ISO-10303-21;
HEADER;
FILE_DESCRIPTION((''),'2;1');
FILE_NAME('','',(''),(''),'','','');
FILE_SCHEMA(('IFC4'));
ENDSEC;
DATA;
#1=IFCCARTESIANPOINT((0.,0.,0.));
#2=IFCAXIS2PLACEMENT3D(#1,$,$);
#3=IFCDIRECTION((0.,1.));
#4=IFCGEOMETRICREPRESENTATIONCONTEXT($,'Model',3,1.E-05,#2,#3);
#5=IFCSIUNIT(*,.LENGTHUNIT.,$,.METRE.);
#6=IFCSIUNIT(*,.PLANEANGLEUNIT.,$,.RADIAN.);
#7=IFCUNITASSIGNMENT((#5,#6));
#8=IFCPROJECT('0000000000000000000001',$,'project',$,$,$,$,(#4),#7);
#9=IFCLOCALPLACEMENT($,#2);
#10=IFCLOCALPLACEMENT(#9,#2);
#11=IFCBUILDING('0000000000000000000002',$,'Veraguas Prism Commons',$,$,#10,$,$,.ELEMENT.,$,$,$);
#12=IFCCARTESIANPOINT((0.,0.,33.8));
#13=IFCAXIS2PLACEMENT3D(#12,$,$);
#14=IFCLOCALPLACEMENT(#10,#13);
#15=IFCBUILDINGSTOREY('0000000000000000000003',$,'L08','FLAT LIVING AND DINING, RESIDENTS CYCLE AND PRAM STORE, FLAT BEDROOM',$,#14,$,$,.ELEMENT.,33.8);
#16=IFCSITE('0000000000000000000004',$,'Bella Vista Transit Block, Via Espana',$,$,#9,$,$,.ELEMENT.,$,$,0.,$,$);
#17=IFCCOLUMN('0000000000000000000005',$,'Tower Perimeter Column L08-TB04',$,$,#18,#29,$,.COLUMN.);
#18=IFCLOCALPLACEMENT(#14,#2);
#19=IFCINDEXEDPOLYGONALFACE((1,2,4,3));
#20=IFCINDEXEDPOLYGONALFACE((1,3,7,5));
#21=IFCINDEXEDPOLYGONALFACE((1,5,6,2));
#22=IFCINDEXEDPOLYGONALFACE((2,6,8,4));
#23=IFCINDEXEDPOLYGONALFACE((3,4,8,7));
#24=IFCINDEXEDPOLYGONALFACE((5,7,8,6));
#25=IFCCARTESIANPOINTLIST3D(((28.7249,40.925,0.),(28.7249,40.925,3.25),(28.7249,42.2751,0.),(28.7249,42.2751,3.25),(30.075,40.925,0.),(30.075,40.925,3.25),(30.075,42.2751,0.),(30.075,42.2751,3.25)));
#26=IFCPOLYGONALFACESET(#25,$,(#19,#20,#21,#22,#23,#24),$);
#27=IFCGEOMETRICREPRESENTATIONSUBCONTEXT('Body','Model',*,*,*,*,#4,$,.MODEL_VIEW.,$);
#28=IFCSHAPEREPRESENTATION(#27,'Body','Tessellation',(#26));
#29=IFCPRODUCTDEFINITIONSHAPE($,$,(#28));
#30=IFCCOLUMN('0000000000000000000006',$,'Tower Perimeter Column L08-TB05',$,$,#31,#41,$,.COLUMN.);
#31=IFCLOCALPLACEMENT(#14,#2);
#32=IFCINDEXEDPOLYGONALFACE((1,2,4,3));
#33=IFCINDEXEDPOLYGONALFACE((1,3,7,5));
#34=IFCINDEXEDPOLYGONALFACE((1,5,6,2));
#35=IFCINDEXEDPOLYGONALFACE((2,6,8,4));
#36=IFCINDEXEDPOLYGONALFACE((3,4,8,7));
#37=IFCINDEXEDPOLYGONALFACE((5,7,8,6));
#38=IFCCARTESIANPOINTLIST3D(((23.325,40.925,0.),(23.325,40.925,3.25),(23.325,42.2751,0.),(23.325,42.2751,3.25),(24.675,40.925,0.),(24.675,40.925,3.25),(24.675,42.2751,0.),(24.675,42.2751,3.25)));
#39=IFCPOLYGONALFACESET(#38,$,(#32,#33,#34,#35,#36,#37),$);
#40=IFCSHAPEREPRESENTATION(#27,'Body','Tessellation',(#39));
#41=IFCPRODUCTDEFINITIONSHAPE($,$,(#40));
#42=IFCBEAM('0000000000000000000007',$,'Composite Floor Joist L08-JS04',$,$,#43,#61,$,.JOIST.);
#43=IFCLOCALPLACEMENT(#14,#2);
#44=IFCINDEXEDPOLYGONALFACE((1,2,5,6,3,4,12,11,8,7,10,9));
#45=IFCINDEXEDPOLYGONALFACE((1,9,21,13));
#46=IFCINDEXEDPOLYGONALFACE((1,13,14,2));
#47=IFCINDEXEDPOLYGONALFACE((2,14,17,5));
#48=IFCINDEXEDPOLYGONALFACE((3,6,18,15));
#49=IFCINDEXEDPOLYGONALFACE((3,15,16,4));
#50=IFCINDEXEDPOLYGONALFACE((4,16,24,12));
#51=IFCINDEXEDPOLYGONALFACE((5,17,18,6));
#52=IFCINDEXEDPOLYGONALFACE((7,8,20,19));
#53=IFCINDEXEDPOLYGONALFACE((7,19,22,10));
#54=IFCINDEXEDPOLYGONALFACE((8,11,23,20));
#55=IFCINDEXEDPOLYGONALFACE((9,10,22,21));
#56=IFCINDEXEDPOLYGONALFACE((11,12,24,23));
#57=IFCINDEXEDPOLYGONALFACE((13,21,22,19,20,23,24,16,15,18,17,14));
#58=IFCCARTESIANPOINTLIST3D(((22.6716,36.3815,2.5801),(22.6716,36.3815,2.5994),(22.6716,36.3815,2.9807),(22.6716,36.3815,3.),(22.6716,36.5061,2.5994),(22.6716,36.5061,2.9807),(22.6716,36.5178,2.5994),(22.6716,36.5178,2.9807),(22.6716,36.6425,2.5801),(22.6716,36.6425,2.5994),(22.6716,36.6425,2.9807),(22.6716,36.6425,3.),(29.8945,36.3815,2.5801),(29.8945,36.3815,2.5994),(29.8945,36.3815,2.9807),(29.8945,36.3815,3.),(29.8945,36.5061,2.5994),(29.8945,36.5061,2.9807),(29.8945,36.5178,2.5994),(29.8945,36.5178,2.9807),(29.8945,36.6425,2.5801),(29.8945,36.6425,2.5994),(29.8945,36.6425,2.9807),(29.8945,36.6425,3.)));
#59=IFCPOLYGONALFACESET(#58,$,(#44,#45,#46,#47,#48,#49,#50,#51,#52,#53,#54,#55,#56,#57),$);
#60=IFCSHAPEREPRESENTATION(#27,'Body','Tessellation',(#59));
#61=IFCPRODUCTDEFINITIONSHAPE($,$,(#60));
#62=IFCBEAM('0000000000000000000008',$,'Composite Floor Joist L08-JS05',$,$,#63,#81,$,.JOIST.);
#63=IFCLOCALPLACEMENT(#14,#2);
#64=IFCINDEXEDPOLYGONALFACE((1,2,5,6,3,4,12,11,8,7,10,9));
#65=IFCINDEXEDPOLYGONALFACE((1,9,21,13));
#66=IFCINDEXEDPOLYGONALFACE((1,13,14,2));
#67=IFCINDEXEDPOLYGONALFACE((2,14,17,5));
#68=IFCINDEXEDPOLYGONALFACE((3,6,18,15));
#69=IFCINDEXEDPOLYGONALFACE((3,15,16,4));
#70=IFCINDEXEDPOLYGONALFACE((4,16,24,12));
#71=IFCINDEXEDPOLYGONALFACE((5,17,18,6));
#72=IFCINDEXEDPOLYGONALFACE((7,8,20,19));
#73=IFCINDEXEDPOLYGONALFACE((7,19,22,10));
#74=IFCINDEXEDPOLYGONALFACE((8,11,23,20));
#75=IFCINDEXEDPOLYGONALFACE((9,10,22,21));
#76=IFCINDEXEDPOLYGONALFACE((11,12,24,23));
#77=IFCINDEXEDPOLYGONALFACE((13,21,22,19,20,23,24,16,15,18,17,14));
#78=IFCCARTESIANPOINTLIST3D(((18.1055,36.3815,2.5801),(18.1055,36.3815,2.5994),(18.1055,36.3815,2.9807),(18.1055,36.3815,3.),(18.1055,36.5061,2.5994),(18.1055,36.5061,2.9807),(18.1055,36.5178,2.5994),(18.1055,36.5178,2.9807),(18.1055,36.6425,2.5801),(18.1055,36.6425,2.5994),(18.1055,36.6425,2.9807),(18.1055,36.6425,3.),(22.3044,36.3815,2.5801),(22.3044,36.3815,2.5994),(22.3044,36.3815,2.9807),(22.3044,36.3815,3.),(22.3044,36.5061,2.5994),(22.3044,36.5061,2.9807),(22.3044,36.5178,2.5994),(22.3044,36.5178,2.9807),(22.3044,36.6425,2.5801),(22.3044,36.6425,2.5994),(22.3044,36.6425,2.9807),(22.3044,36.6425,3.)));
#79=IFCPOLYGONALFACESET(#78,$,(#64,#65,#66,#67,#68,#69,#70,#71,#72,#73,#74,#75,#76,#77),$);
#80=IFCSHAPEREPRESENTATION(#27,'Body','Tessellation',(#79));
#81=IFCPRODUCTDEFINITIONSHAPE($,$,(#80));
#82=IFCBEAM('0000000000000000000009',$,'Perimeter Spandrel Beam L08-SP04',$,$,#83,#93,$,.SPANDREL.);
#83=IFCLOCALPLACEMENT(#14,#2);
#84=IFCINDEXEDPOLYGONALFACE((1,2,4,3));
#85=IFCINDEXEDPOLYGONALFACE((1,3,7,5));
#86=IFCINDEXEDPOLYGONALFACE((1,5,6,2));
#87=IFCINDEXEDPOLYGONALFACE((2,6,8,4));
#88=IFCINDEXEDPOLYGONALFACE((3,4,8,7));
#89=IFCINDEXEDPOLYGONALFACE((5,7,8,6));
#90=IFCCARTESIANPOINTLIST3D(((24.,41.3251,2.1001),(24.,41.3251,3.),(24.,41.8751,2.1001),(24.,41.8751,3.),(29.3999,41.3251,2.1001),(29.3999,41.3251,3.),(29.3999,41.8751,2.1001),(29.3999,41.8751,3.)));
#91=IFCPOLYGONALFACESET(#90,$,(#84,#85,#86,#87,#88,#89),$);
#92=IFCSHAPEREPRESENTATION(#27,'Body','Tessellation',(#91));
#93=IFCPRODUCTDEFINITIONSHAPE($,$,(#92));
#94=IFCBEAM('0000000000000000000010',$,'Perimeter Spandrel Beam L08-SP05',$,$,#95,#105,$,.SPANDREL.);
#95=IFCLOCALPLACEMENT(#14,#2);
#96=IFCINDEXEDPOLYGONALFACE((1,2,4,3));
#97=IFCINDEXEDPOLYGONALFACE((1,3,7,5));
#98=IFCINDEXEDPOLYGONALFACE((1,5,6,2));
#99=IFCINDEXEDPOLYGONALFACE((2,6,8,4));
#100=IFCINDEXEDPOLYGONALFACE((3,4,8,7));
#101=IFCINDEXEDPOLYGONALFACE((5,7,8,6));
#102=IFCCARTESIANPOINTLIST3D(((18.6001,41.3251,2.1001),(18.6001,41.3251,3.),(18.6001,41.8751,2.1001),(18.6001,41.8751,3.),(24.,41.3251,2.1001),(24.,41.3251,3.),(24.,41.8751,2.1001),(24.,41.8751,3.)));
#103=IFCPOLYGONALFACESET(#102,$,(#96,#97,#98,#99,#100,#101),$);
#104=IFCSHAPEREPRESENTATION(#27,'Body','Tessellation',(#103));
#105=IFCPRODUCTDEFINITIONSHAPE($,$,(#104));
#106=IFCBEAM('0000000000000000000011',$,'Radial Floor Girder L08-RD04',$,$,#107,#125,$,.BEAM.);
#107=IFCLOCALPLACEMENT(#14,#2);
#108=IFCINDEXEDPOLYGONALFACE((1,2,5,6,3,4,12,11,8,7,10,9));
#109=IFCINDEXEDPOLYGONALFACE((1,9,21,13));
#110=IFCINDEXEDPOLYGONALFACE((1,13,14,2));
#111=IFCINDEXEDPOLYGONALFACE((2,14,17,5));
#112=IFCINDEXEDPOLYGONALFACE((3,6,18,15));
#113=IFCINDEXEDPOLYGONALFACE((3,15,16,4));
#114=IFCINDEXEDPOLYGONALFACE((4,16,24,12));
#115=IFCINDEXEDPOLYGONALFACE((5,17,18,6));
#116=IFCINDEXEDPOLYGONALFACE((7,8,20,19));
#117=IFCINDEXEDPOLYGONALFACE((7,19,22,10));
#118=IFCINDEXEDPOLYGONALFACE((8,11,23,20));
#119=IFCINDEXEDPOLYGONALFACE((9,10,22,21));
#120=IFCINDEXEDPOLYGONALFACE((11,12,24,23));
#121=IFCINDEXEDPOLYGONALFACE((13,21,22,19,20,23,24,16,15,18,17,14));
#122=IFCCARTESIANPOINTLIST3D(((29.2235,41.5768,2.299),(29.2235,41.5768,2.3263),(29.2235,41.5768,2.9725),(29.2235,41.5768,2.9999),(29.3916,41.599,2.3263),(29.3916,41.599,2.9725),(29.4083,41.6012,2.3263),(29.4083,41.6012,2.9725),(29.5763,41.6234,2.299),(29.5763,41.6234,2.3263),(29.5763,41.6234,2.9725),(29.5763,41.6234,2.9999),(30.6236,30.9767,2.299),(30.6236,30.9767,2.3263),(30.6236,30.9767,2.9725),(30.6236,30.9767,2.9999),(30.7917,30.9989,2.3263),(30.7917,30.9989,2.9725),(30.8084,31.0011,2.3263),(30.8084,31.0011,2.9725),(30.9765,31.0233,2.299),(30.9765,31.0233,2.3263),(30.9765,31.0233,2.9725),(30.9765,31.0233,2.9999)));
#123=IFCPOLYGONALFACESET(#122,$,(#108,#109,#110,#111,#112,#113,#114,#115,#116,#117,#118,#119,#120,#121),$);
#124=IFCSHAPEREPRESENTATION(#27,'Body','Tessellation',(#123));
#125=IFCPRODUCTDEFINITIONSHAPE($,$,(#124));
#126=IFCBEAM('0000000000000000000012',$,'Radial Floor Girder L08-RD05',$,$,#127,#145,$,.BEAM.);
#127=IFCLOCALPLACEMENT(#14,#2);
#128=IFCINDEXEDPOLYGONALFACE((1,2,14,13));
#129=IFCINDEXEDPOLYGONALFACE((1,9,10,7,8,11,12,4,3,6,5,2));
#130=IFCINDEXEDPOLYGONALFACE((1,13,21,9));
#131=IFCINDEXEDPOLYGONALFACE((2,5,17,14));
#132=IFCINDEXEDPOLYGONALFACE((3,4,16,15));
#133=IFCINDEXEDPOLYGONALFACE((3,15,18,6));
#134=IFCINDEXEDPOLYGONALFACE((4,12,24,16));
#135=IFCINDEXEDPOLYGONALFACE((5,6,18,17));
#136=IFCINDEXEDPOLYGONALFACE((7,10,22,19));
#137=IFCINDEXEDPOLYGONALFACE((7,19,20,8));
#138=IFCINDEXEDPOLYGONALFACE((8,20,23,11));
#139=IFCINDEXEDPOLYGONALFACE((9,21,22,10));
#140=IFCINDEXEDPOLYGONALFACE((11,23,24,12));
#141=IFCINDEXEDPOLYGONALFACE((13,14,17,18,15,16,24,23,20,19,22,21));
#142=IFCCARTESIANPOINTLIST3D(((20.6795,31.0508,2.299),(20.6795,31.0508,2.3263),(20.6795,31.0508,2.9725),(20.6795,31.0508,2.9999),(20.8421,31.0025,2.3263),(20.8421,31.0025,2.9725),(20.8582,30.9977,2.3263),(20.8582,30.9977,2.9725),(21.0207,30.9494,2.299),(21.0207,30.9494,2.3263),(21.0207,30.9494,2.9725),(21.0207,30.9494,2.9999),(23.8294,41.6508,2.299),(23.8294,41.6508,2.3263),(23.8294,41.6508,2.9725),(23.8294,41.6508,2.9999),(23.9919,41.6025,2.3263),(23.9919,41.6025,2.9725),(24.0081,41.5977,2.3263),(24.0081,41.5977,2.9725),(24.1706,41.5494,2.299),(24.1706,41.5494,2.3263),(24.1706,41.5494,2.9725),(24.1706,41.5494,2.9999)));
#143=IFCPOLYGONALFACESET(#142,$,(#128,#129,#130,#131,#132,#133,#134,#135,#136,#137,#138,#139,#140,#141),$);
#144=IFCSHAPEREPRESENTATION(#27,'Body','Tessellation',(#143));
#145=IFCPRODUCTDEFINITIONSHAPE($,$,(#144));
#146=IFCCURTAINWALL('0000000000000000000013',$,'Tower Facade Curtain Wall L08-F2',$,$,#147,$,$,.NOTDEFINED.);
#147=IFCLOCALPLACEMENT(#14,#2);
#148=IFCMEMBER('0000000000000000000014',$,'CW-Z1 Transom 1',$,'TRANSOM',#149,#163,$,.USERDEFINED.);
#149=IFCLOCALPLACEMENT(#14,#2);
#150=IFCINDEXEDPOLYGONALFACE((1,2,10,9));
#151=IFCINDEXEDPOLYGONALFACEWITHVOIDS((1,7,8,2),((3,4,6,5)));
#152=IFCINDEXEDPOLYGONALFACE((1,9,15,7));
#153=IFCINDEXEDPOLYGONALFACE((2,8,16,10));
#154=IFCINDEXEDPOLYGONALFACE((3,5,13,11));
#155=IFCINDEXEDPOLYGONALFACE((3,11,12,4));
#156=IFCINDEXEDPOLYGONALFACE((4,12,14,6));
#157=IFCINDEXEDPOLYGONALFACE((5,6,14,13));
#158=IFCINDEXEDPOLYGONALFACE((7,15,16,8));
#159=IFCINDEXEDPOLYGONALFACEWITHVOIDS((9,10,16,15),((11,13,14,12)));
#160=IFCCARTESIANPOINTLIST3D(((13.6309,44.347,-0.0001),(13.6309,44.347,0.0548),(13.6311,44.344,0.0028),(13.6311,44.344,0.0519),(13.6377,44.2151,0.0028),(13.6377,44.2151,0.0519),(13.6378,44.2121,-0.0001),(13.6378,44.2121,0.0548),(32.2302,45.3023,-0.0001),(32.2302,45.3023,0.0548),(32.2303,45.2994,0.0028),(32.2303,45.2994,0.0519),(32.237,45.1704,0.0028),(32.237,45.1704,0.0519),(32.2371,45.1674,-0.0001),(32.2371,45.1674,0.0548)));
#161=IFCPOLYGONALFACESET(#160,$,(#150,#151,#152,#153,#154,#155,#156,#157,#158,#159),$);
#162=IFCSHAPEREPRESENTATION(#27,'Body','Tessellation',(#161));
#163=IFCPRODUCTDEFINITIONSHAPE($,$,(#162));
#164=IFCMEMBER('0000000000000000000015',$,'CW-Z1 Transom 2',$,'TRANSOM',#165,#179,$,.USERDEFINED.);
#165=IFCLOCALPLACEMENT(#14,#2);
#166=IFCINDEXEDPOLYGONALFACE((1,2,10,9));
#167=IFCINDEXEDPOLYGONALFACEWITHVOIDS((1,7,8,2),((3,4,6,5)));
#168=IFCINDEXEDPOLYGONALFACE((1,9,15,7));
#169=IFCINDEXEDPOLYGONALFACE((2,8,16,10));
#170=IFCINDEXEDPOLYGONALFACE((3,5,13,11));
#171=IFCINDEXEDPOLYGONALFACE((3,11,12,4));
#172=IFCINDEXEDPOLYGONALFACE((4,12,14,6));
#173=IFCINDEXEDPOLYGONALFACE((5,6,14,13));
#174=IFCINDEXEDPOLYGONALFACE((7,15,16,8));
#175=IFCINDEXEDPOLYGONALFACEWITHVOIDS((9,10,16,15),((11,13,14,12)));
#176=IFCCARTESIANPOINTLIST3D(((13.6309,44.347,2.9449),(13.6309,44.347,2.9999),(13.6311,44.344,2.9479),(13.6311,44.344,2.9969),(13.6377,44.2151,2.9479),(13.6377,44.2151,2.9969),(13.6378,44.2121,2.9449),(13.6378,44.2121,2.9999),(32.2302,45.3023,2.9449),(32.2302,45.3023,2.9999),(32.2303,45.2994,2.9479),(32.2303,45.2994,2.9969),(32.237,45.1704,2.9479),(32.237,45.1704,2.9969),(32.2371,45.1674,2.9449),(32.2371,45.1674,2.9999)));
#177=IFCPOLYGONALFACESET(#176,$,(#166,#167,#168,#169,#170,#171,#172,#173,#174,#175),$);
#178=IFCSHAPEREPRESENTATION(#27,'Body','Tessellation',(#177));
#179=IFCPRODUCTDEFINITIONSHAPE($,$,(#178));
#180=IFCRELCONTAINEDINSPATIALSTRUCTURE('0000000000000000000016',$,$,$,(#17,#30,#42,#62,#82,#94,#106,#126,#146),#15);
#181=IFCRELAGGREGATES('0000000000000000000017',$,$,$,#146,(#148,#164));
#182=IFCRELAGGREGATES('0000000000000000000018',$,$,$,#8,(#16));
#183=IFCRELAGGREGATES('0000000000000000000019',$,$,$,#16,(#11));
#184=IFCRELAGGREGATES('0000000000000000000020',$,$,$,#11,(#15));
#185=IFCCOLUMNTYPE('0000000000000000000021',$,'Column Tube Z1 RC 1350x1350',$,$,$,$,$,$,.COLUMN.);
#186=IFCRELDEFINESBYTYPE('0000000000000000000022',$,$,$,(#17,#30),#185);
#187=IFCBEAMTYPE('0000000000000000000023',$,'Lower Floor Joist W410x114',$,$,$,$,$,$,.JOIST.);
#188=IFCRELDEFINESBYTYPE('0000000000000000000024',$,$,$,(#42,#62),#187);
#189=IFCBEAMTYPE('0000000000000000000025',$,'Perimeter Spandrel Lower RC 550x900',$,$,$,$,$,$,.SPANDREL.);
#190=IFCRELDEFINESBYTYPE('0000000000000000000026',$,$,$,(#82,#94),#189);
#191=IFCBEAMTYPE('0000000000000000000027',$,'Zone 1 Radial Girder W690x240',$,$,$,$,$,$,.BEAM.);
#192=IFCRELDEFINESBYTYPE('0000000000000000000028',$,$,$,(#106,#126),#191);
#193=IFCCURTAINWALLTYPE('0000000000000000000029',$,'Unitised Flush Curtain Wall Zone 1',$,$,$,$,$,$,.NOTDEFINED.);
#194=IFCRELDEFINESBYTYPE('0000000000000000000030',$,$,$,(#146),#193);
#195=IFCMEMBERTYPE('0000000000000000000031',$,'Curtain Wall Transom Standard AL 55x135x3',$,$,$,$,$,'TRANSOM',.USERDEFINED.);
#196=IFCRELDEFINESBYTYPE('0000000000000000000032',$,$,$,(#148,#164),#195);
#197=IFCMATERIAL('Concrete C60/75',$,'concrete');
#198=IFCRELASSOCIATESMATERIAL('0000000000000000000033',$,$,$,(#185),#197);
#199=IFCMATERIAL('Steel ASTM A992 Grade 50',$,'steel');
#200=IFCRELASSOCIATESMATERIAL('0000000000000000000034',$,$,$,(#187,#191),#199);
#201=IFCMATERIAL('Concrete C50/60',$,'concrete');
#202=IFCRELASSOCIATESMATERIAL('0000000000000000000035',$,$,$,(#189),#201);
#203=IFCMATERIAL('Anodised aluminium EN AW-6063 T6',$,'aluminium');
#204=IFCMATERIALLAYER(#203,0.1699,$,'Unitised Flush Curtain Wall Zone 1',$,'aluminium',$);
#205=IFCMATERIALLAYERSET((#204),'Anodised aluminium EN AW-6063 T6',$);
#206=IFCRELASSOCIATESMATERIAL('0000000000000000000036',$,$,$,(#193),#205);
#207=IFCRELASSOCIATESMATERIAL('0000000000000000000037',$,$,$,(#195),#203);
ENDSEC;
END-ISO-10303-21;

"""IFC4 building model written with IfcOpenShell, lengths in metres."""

from ifc_helpers import new_model, si_unit, direction, frame, origin, origin_2d, place, context, subcontext, project, spatial, rectangle, hollow_rectangle, i_section, extrude, source, transform, mapped, material, layer, layer_set, material_profile, profile_set, type_object, element, aggregate, save


model = new_model("IFC4")

# Units and contexts
model_context = context("Model", 3, precision=1e-05, world=origin(), true_north=direction((0.0, 1.0)))
body_context = subcontext(model_context, "Body", "Model", "MODEL_VIEW")
ifc_project = project(units=[si_unit("LENGTHUNIT", "METRE"), si_unit("PLANEANGLEUNIT", "RADIAN")], contexts=[model_context])

# Site, building, storey
site_placement = place(None, origin())
site = spatial("IfcSite", under=ifc_project, at=site_placement, Name="Bella Vista Transit Block, Via Espana", CompositionType="ELEMENT", RefElevation=0.0)
building_placement = place(site_placement, origin())
building = spatial("IfcBuilding", under=site, at=building_placement, Name="Veraguas Prism Commons", CompositionType="ELEMENT")
storey_placement = place(building_placement, frame((0.0, 0.0, 33.8)))
storey = spatial("IfcBuildingStorey", under=building, at=storey_placement, Name="L08", Description="FLAT LIVING AND DINING, RESIDENTS CYCLE AND PRAM STORE, FLAT BEDROOM", CompositionType="ELEMENT", Elevation=33.8)

# Columns
ifc_material_1 = material(Name="Concrete C60/75", Category="concrete")
ifc_material_profile_1 = material_profile(ifc_material_1, rectangle(XDim=1.3501, YDim=1.3501, at=origin_2d()), Name="RC1350X1350")
ifc_profile_set_1 = profile_set([ifc_material_profile_1], Name="Concrete C60/75")
column_type = type_object("IfcColumnType", Name="Column Tube Z1 RC 1350x1350", PredefinedType="COLUMN", material=ifc_profile_set_1)
for number, where, z_axis, x_axis, name in (
    (1, (29.3999, 41.6001, 0.0), (0.0, 0.0, 1.0), (1.0, 0.0, 0.0), "Tower Perimeter Column L08-TB04"),
    (2, (24.0, 41.6001, 0.0), (0.0, 0.0, 1.0), (1.0, 0.0, 0.0), "Tower Perimeter Column L08-TB05"),
):
    element("IfcColumn", number, at=place(storey_placement, frame(where, z_axis=z_axis, x_axis=x_axis)), inside=storey, type_object=column_type, Name=name, PredefinedType="COLUMN", context=body_context, shape_type="SweptSolid", body=[
        extrude(rectangle(XDim=1.3501, YDim=1.3501, at=origin_2d()), origin(), (0.0, 0.0, 1.0), 3.25),
    ])

# Beams
ifc_material_2 = material(Name="Steel ASTM A992 Grade 50", Category="steel")
ifc_material_profile_2 = material_profile(ifc_material_2, i_section(OverallWidth=0.261, OverallDepth=0.4199, WebThickness=0.0117, FlangeThickness=0.0193, at=origin_2d()), Name="W410X114")
ifc_profile_set_2 = profile_set([ifc_material_profile_2], Name="Steel ASTM A992 Grade 50")
beam_type_1 = type_object("IfcBeamType", Name="Lower Floor Joist W410x114", PredefinedType="JOIST", material=ifc_profile_set_2)
beam_1_placement = place(storey_placement, frame((29.8945, 36.512, 2.79), z_axis=(-1.0, 0.0, 0.0), x_axis=(0.0, -1.0, 0.0)))
element("IfcBeam", 3, at=beam_1_placement, inside=storey, type_object=beam_type_1, Name="Composite Floor Joist L08-JS04", PredefinedType="JOIST", context=body_context, shape_type="SweptSolid", body=[
    extrude(i_section(OverallWidth=0.261, OverallDepth=0.4199, WebThickness=0.0117, FlangeThickness=0.0193, at=origin_2d()), origin(), (0.0, 0.0, 1.0), 7.2229),
])
beam_2_placement = place(storey_placement, frame((22.3044, 36.512, 2.79), z_axis=(-1.0, 0.0, 0.0), x_axis=(0.0, -1.0, 0.0)))
element("IfcBeam", 4, at=beam_2_placement, inside=storey, type_object=beam_type_1, Name="Composite Floor Joist L08-JS05", PredefinedType="JOIST", context=body_context, shape_type="SweptSolid", body=[
    extrude(i_section(OverallWidth=0.261, OverallDepth=0.4199, WebThickness=0.0117, FlangeThickness=0.0193, at=origin_2d()), origin(), (0.0, 0.0, 1.0), 4.199),
])
ifc_material_3 = material(Name="Concrete C50/60", Category="concrete")
ifc_material_profile_3 = material_profile(ifc_material_3, rectangle(XDim=0.55, YDim=0.8999, at=origin_2d()), Name="RC550X900")
ifc_profile_set_3 = profile_set([ifc_material_profile_3], Name="Concrete C50/60")
beam_type_2 = type_object("IfcBeamType", Name="Perimeter Spandrel Lower RC 550x900", PredefinedType="SPANDREL", material=ifc_profile_set_3)
for number, where, z_axis, x_axis, name in (
    (5, (29.3999, 41.6001, 2.55), (-1.0, 0.0, 0.0), (0.0, -1.0, 0.0), "Perimeter Spandrel Beam L08-SP04"),
    (6, (24.0, 41.6001, 2.55), (-1.0, 0.0, 0.0), (0.0, -1.0, 0.0), "Perimeter Spandrel Beam L08-SP05"),
):
    element("IfcBeam", number, at=place(storey_placement, frame(where, z_axis=z_axis, x_axis=x_axis)), inside=storey, type_object=beam_type_2, Name=name, PredefinedType="SPANDREL", context=body_context, shape_type="SweptSolid", body=[
        extrude(rectangle(XDim=0.55, YDim=0.8999, at=origin_2d()), origin(), (0.0, 0.0, 1.0), 5.3999),
    ])
ifc_material_profile_4 = material_profile(ifc_material_2, i_section(OverallWidth=0.356, OverallDepth=0.7009, WebThickness=0.0168, FlangeThickness=0.0273, at=origin_2d()), Name="W690X240")
ifc_profile_set_4 = profile_set([ifc_material_profile_4], Name="Steel ASTM A992 Grade 50")
beam_type_3 = type_object("IfcBeamType", Name="Zone 1 Radial Girder W690x240", PredefinedType="BEAM", material=ifc_profile_set_4)
beam_3_placement = place(storey_placement, frame((29.3999, 41.6001, 2.6494), z_axis=(0.130951, -0.991389, 0.0), x_axis=(0.991389, 0.130951, 0.0)))
element("IfcBeam", 7, at=beam_3_placement, inside=storey, type_object=beam_type_3, Name="Radial Floor Girder L08-RD04", PredefinedType="BEAM", context=body_context, shape_type="SweptSolid", body=[
    extrude(i_section(OverallWidth=0.356, OverallDepth=0.7009, WebThickness=0.0168, FlangeThickness=0.0273, at=origin_2d()), origin(), (0.0, 0.0, 1.0), 10.6921),
])
beam_4_placement = place(storey_placement, frame((24.0, 41.6001, 2.6494), z_axis=(-0.284847, -0.958573, 0.0), x_axis=(0.958573, -0.284847, 0.0)))
element("IfcBeam", 8, at=beam_4_placement, inside=storey, type_object=beam_type_3, Name="Radial Floor Girder L08-RD05", PredefinedType="BEAM", context=body_context, shape_type="SweptSolid", body=[
    extrude(i_section(OverallWidth=0.356, OverallDepth=0.7009, WebThickness=0.0168, FlangeThickness=0.0273, at=origin_2d()), origin(), (0.0, 0.0, 1.0), 11.0581),
])

# Curtain wall, members
ifc_material_4 = material(Name="Anodised aluminium EN AW-6063 T6", Category="aluminium")
ifc_layer_1 = layer(ifc_material_4, 0.1699, Name="Unitised Flush Curtain Wall Zone 1", Category="aluminium")
ifc_layer_set_1 = layer_set([ifc_layer_1], Name="Anodised aluminium EN AW-6063 T6")
curtain_wall_type = type_object("IfcCurtainWallType", Name="Unitised Flush Curtain Wall Zone 1", PredefinedType="NOTDEFINED", material=ifc_layer_set_1)
curtain_wall_1_placement = place(storey_placement, origin())
curtain_wall_1 = element("IfcCurtainWall", 9, at=curtain_wall_1_placement, inside=storey, type_object=curtain_wall_type, Name="Tower Facade Curtain Wall L08-F2", PredefinedType="NOTDEFINED")
ifc_material_profile_5 = material_profile(ifc_material_4, hollow_rectangle(XDim=0.0549, YDim=0.135, WallThickness=0.0029, at=origin_2d()), Name="AL55X135X3")
ifc_profile_set_5 = profile_set([ifc_material_profile_5], Name="Anodised aluminium EN AW-6063 T6")
member_type_1 = type_object("IfcMemberType", Name="Curtain Wall Transom Standard AL 55x135x3", ElementType="TRANSOM", PredefinedType="USERDEFINED", material=ifc_profile_set_5)
shared_shape_1 = source(origin(), body_context, "Body", "SweptSolid", [
    extrude(hollow_rectangle(XDim=0.0549, YDim=0.135, WallThickness=0.0029, at=origin_2d()), origin(), (0.0, 0.0, 1.0), 18.6238),
])
member_1_placement = place(storey_placement, frame((32.2336, 45.2349, 0.0273), z_axis=(-0.998684, -0.051296, 0.0), x_axis=(0.0, 0.0, 1.0)))
member_1 = element("IfcMember", 10, at=member_1_placement, type_object=member_type_1, Name="CW-Z1 Transom 1", ObjectType="TRANSOM", PredefinedType="USERDEFINED", context=body_context, shape_type="MappedRepresentation", body=[
    mapped(shared_shape_1, transform((0.0, 0.0, 0.0), scale=1.0)),
])
member_2_placement = place(storey_placement, frame((32.2336, 45.2349, 2.9724), z_axis=(-0.998684, -0.051296, 0.0), x_axis=(0.0, 0.0, 1.0)))
member_2 = element("IfcMember", 11, at=member_2_placement, type_object=member_type_1, Name="CW-Z1 Transom 2", ObjectType="TRANSOM", PredefinedType="USERDEFINED", context=body_context, shape_type="MappedRepresentation", body=[
    mapped(shared_shape_1, transform((0.0, 0.0, 0.0), scale=1.0)),
])

aggregate(curtain_wall_1, [member_1, member_2])

save(model, "model.ifc")
